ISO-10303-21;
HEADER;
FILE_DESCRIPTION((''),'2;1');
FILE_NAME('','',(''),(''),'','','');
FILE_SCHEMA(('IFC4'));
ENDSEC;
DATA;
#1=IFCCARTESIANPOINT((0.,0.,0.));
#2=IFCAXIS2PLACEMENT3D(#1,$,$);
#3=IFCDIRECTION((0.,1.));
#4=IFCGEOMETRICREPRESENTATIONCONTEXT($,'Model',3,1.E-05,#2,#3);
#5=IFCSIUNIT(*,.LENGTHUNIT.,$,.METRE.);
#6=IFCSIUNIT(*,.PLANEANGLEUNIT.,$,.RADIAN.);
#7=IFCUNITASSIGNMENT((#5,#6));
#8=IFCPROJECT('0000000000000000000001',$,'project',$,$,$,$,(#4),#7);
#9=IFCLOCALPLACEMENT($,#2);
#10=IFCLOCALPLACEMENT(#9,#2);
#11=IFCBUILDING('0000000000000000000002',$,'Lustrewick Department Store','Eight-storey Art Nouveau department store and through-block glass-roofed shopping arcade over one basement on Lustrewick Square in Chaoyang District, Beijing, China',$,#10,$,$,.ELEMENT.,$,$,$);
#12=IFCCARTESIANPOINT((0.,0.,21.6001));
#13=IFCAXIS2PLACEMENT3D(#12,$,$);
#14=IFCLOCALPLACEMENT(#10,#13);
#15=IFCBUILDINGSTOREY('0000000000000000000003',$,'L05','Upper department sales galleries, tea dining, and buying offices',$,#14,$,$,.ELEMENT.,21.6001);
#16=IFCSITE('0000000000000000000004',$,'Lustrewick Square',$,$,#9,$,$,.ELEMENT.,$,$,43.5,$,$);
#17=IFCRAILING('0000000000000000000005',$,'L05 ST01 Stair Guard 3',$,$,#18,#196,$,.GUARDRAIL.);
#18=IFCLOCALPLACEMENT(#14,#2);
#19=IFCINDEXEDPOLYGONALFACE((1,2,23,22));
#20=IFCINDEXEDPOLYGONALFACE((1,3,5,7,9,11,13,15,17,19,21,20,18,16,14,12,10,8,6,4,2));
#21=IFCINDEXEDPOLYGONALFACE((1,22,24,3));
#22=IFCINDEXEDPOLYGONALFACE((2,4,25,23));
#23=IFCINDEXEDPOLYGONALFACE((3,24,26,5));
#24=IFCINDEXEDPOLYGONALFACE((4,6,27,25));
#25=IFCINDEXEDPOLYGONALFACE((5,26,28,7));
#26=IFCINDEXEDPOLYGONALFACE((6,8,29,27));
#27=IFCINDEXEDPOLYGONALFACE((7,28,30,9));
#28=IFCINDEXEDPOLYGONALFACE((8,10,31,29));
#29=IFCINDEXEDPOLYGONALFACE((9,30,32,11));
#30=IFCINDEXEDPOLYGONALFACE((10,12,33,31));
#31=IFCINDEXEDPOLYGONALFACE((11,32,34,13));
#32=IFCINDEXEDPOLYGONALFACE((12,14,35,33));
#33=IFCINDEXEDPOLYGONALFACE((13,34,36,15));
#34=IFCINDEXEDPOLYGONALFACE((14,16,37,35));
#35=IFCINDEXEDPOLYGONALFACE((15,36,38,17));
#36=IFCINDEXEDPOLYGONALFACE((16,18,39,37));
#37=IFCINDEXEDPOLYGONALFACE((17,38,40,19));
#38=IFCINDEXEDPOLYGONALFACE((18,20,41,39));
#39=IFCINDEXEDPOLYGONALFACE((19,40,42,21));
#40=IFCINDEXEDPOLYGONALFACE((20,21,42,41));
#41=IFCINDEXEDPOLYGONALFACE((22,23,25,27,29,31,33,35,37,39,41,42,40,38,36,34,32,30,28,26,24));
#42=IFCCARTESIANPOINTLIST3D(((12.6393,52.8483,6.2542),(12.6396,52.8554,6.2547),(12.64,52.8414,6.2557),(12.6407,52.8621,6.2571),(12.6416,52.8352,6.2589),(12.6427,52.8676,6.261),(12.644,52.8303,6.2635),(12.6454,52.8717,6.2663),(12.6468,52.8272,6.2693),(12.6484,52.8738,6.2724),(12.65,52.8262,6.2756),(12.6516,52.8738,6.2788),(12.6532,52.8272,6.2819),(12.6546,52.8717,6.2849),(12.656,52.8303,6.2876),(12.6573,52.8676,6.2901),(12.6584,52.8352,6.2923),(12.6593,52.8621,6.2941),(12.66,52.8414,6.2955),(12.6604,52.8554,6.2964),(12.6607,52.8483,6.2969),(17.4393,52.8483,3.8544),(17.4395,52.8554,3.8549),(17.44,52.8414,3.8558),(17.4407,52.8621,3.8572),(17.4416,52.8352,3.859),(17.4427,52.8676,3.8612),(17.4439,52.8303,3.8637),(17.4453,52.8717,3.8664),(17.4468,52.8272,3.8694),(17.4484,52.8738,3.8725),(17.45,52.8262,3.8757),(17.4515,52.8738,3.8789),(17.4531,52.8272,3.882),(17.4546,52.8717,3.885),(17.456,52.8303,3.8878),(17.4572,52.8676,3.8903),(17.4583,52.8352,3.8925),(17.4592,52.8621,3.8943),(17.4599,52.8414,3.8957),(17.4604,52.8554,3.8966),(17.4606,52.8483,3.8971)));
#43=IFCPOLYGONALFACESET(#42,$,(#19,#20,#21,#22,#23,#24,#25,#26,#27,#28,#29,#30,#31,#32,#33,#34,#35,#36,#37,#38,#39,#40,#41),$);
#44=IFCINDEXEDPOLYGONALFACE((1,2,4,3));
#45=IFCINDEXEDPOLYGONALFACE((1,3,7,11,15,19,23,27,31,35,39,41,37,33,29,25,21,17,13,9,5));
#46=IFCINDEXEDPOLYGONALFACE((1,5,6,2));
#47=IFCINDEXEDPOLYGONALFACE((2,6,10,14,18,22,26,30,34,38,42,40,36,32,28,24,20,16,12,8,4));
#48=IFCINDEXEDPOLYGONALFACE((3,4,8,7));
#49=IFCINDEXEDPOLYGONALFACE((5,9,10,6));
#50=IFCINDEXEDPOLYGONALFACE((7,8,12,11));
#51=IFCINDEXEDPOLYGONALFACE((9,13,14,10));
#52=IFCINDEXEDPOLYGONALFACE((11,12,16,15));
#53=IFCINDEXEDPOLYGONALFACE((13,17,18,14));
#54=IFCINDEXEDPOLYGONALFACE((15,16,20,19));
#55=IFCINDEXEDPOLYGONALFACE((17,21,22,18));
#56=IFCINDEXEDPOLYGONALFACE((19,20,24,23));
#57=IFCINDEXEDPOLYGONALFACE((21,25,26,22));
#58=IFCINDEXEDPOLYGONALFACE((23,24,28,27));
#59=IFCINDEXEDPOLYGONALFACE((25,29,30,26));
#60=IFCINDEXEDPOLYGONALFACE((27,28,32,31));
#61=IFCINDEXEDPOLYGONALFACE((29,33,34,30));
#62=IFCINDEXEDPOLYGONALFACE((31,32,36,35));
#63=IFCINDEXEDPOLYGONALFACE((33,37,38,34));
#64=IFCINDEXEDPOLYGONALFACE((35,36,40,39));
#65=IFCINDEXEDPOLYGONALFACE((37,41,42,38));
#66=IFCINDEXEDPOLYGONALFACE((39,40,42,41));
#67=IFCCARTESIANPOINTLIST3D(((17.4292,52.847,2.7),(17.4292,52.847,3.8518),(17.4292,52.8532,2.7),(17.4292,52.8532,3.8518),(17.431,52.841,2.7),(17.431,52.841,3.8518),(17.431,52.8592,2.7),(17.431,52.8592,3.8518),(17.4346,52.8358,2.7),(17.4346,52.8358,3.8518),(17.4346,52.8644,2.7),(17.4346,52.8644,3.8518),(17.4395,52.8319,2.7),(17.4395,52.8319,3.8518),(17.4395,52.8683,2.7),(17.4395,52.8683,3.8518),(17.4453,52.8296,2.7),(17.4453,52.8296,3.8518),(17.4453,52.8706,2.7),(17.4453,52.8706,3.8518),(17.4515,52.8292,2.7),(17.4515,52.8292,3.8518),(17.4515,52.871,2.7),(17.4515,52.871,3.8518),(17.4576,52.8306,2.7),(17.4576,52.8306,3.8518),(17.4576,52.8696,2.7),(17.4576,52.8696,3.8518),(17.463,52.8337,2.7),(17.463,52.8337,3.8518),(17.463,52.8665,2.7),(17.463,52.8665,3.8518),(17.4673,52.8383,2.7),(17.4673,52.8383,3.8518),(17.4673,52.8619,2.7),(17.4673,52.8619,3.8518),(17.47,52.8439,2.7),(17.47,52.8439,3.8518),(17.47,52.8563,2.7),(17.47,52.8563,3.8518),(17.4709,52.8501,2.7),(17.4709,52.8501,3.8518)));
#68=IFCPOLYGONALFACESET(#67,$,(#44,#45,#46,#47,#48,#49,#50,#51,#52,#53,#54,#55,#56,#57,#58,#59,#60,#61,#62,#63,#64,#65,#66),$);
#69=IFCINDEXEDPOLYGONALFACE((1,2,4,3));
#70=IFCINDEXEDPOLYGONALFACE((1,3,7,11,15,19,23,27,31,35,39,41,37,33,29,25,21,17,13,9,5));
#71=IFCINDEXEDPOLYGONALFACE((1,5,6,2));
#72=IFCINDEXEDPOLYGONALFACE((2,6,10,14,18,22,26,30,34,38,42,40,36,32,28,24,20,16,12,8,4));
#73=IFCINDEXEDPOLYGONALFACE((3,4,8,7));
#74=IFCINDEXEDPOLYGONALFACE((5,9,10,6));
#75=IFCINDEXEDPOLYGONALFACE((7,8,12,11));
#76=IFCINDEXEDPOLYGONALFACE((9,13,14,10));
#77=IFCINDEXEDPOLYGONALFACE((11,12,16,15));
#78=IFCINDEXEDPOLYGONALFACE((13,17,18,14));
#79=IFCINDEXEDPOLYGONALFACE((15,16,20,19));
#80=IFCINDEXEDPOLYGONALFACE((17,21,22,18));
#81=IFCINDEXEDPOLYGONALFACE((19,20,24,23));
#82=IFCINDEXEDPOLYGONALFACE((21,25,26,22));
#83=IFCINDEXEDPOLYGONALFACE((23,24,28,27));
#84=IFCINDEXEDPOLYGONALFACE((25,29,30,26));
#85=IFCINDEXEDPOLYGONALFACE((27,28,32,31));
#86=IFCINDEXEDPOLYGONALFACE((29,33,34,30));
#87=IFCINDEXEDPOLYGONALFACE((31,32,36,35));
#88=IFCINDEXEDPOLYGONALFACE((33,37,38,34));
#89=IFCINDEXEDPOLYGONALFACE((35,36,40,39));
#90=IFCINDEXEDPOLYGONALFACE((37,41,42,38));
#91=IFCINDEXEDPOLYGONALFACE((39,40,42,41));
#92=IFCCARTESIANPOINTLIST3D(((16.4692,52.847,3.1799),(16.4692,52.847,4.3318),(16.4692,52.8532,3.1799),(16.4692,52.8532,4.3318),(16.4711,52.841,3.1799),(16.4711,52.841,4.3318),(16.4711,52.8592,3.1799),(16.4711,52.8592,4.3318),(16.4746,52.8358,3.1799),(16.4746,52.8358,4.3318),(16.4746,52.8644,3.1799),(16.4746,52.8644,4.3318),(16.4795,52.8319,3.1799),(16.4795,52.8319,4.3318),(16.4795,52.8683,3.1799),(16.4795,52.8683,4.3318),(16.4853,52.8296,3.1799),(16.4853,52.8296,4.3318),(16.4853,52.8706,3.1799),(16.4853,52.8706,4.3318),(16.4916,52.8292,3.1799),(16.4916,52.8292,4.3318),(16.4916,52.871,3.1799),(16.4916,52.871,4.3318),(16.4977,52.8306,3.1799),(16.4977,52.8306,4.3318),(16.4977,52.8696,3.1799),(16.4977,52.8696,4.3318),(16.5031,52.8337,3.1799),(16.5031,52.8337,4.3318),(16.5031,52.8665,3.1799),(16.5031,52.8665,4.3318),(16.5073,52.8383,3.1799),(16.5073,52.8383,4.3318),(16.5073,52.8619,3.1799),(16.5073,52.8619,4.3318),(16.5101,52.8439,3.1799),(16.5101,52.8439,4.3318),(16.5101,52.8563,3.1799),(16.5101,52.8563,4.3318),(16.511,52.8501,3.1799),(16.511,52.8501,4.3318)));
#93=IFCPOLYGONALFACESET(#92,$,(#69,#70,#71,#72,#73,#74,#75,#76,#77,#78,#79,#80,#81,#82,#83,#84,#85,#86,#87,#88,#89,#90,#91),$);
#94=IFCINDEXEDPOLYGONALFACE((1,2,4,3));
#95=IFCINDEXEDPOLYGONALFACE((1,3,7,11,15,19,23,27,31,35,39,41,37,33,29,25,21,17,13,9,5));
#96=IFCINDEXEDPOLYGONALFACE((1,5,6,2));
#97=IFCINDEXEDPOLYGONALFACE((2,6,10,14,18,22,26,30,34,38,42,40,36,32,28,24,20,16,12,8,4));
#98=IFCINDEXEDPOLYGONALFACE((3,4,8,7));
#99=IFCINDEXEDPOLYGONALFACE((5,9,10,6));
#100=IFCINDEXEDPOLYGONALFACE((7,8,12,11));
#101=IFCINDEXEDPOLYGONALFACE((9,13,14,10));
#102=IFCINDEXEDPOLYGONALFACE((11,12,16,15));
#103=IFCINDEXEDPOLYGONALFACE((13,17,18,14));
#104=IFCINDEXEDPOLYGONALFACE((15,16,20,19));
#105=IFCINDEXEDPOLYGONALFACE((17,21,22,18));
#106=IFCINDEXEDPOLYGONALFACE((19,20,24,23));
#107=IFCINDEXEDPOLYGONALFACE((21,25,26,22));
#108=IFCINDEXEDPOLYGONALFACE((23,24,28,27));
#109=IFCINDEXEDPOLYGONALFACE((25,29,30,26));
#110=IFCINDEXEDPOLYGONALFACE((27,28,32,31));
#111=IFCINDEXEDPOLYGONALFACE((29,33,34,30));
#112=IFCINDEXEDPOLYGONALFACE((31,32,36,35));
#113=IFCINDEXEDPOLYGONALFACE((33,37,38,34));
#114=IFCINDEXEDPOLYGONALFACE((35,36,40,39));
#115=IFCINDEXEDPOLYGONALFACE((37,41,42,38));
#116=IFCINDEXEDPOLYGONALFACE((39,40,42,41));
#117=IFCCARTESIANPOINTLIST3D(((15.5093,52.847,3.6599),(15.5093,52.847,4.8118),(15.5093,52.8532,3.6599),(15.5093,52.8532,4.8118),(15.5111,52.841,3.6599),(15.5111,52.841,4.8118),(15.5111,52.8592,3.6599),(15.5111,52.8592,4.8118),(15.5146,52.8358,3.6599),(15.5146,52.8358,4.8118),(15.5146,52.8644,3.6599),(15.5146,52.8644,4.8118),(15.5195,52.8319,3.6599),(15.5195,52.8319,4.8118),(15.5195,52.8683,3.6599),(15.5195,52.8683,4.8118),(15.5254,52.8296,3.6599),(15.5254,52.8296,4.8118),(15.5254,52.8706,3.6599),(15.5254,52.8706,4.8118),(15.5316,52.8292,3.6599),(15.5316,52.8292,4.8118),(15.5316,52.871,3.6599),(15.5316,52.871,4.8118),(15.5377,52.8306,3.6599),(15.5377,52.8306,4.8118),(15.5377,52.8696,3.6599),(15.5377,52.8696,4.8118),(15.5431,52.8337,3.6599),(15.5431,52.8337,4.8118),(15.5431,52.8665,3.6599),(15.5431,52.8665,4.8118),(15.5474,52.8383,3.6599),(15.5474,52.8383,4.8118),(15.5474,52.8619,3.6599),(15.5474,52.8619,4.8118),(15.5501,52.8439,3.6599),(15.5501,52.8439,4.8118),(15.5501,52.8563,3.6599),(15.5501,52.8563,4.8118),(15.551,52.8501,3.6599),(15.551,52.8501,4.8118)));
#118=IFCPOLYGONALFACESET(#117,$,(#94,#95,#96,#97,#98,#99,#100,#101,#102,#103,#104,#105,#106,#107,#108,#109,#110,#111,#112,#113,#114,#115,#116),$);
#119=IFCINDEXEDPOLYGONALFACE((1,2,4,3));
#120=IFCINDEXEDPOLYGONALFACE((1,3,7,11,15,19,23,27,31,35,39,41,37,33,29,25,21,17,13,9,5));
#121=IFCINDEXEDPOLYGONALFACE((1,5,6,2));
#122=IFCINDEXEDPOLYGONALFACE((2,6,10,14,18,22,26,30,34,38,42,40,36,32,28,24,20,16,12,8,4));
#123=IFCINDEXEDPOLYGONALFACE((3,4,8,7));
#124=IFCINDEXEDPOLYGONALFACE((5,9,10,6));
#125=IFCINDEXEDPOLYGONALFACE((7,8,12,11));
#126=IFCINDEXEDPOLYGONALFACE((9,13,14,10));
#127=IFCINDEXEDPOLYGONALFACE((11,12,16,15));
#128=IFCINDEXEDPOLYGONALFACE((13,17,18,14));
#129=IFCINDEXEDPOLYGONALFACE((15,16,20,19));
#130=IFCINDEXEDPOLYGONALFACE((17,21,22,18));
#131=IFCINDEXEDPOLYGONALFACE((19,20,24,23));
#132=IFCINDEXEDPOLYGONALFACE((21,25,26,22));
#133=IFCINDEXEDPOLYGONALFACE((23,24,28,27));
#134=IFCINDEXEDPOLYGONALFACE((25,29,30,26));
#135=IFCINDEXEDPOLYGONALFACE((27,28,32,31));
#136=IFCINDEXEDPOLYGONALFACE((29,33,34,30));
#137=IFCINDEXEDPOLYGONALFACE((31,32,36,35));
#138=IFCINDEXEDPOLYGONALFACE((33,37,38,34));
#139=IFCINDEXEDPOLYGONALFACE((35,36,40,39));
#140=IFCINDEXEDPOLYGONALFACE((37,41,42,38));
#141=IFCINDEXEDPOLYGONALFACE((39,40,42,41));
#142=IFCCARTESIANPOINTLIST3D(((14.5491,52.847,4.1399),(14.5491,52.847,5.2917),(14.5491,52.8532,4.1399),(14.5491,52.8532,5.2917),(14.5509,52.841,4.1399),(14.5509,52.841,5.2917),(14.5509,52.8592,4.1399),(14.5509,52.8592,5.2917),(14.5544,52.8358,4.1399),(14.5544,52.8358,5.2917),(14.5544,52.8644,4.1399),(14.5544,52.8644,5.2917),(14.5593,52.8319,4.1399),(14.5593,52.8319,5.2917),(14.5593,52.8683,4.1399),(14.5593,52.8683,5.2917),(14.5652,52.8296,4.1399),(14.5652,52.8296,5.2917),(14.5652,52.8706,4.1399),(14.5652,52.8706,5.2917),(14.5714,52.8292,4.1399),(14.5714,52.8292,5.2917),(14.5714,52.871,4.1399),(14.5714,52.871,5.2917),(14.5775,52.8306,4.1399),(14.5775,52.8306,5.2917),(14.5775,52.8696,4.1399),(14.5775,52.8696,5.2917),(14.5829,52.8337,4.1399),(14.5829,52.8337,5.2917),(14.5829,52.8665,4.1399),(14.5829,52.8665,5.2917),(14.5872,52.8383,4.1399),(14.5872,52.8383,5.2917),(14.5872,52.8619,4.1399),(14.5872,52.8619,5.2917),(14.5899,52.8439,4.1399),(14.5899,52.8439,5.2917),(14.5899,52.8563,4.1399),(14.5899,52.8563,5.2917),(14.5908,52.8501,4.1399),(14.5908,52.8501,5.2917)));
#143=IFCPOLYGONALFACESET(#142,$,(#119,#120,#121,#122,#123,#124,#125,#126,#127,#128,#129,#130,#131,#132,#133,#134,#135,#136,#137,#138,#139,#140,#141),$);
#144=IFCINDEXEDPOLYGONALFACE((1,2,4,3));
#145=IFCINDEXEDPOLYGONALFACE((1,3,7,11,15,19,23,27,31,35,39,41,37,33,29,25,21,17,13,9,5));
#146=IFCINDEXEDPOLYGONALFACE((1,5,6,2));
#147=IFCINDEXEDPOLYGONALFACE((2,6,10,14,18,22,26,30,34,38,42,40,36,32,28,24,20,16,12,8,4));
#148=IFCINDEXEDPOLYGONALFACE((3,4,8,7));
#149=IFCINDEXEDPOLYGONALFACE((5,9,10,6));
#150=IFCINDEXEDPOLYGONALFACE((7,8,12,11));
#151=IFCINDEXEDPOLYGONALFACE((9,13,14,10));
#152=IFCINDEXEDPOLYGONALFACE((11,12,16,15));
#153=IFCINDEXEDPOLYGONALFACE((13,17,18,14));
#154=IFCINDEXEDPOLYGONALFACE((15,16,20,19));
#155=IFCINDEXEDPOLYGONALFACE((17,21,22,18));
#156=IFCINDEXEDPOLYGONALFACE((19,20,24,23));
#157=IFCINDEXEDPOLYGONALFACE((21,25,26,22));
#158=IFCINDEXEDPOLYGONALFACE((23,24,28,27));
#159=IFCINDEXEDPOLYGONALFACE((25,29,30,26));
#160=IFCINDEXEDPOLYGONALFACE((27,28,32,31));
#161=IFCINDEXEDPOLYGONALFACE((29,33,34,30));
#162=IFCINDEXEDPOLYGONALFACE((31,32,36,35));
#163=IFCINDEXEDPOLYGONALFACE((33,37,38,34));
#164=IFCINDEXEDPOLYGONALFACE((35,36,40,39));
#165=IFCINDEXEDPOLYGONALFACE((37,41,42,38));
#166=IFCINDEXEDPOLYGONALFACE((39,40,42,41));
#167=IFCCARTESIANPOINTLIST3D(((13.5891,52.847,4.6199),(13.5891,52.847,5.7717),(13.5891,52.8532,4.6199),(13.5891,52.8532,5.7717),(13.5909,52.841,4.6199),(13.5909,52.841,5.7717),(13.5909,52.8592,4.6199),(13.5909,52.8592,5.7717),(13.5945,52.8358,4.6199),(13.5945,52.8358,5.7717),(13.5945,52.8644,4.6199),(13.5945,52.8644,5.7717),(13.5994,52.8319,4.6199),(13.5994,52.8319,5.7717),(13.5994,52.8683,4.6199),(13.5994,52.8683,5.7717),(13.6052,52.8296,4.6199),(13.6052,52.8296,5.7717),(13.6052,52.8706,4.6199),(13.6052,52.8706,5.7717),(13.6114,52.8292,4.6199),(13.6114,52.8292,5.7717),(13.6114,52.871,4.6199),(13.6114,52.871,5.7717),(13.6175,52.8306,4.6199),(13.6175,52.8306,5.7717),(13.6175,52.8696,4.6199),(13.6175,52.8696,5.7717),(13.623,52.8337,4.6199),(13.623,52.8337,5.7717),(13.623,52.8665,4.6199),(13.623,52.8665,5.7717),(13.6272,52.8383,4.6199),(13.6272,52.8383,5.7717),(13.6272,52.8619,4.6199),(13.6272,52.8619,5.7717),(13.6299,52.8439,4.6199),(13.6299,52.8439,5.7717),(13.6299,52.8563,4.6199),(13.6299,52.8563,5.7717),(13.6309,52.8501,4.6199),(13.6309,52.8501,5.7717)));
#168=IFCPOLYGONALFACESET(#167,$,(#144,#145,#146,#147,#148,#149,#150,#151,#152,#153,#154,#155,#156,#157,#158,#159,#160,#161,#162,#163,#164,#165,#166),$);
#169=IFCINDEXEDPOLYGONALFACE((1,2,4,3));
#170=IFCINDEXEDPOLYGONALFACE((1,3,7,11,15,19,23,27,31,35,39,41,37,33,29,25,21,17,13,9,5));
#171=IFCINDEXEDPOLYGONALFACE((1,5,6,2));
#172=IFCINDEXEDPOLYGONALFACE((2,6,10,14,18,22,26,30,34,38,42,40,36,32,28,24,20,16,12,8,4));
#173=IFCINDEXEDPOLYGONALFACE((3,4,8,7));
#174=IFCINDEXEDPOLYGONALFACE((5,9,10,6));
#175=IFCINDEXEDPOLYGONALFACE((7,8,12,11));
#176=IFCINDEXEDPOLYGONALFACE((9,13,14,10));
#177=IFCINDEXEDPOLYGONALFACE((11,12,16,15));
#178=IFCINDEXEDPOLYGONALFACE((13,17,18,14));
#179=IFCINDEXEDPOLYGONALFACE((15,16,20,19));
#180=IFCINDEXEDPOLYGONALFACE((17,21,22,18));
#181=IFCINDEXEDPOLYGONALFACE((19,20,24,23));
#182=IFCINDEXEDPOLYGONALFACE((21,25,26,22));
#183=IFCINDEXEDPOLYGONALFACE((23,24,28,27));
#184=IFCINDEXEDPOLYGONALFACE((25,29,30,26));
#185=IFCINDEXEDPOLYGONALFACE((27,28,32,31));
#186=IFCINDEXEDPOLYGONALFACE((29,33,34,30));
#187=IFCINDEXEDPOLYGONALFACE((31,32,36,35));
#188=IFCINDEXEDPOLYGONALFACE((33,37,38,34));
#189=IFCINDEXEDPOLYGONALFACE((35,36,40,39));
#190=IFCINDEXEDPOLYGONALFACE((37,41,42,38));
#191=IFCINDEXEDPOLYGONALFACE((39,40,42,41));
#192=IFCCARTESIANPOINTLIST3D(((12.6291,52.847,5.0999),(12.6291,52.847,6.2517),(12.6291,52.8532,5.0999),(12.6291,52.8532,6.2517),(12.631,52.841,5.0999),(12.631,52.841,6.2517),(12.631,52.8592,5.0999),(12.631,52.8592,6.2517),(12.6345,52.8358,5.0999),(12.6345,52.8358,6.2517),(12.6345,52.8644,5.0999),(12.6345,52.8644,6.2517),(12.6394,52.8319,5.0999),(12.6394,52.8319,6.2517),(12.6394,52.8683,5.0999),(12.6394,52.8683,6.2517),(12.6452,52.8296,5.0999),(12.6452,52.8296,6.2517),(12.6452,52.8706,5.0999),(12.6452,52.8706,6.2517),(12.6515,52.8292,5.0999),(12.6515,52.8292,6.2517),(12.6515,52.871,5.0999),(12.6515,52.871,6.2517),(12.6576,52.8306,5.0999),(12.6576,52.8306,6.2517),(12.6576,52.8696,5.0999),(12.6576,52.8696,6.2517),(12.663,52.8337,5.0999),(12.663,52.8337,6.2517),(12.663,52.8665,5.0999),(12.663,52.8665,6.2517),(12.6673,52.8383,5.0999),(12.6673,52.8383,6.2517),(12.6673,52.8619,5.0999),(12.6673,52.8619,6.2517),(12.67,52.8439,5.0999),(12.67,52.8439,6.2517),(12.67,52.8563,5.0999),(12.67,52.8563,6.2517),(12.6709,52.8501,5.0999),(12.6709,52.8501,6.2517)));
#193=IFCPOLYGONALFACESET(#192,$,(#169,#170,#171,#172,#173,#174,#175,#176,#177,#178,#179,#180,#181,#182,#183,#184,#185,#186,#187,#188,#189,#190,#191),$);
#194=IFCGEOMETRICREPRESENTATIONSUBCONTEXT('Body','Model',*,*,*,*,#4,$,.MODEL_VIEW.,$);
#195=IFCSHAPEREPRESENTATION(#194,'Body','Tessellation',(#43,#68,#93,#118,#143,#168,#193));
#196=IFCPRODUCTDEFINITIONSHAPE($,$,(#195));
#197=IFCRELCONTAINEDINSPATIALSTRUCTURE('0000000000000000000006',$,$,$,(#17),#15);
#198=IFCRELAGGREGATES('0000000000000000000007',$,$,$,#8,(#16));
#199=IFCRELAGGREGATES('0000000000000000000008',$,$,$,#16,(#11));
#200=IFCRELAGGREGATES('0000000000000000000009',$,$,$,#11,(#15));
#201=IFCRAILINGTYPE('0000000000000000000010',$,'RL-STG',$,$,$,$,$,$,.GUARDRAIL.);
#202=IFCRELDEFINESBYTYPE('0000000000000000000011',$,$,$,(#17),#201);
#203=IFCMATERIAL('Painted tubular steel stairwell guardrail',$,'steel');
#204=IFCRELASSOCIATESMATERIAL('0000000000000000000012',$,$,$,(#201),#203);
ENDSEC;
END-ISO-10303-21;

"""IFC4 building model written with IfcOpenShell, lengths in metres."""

from ifc_helpers import new_model, si_unit, direction, frame, origin, origin_2d, place, context, subcontext, project, spatial, circle, extrude, material, type_object, element, save


model = new_model("IFC4")

# Units and contexts
model_context = context("Model", 3, precision=1e-05, world=origin(), true_north=direction((0.0, 1.0)))
body_context = subcontext(model_context, "Body", "Model", "MODEL_VIEW")
ifc_project = project(units=[si_unit("LENGTHUNIT", "METRE"), si_unit("PLANEANGLEUNIT", "RADIAN")], contexts=[model_context])

# Site, building, storey
site_placement = place(None, origin())
site = spatial("IfcSite", under=ifc_project, at=site_placement, Name="Lustrewick Square", CompositionType="ELEMENT", RefElevation=43.5)
building_placement = place(site_placement, origin())
building = spatial("IfcBuilding", under=site, at=building_placement, Name="Lustrewick Department Store", Description="Eight-storey Art Nouveau department store and through-block glass-roofed shopping arcade over one basement on Lustrewick Square in Chaoyang District, Beijing, China", CompositionType="ELEMENT")
storey_placement = place(building_placement, frame((0.0, 0.0, 21.6001)))
storey = spatial("IfcBuildingStorey", under=building, at=storey_placement, Name="L05", Description="Upper department sales galleries, tea dining, and buying offices", CompositionType="ELEMENT", Elevation=21.6001)

# Railing
ifc_material_1 = material(Name="Painted tubular steel stairwell guardrail", Category="steel")
railing_type_1 = type_object("IfcRailingType", Name="RL-STG", PredefinedType="GUARDRAIL", material=ifc_material_1)
railing_1_placement = place(storey_placement, frame((17.45, 52.8501, 2.7)))
element("IfcRailing", 1, at=railing_1_placement, inside=storey, type_object=railing_type_1, Name="L05 ST01 Stair Guard 3", PredefinedType="GUARDRAIL", context=body_context, shape_type="SweptSolid", body=[
    extrude(circle(Radius=0.0239, at=origin_2d()), frame((0.0, 0.0, 1.1758), z_axis=(-0.894436, 0.0, 0.447195), x_axis=(0.0, -1.0, 0.0)), (0.0, 0.0, 1.0), 5.3665),
    extrude(circle(Radius=0.021, at=origin_2d()), origin(), (0.0, 0.0, 1.0), 1.1519),
    extrude(circle(Radius=0.021, at=origin_2d()), frame((-0.96, 0.0, 0.48)), (0.0, 0.0, 1.0), 1.1519),
    extrude(circle(Radius=0.021, at=origin_2d()), frame((-1.9199, 0.0, 0.96)), (0.0, 0.0, 1.0), 1.1519),
    extrude(circle(Radius=0.021, at=origin_2d()), frame((-2.8801, 0.0, 1.4399)), (0.0, 0.0, 1.0), 1.1519),
    extrude(circle(Radius=0.021, at=origin_2d()), frame((-3.8401, 0.0, 1.9199)), (0.0, 0.0, 1.0), 1.1519),
    extrude(circle(Radius=0.021, at=origin_2d()), frame((-4.8, 0.0, 2.3999)), (0.0, 0.0, 1.0), 1.1519),
])

save(model, "model.ifc")
